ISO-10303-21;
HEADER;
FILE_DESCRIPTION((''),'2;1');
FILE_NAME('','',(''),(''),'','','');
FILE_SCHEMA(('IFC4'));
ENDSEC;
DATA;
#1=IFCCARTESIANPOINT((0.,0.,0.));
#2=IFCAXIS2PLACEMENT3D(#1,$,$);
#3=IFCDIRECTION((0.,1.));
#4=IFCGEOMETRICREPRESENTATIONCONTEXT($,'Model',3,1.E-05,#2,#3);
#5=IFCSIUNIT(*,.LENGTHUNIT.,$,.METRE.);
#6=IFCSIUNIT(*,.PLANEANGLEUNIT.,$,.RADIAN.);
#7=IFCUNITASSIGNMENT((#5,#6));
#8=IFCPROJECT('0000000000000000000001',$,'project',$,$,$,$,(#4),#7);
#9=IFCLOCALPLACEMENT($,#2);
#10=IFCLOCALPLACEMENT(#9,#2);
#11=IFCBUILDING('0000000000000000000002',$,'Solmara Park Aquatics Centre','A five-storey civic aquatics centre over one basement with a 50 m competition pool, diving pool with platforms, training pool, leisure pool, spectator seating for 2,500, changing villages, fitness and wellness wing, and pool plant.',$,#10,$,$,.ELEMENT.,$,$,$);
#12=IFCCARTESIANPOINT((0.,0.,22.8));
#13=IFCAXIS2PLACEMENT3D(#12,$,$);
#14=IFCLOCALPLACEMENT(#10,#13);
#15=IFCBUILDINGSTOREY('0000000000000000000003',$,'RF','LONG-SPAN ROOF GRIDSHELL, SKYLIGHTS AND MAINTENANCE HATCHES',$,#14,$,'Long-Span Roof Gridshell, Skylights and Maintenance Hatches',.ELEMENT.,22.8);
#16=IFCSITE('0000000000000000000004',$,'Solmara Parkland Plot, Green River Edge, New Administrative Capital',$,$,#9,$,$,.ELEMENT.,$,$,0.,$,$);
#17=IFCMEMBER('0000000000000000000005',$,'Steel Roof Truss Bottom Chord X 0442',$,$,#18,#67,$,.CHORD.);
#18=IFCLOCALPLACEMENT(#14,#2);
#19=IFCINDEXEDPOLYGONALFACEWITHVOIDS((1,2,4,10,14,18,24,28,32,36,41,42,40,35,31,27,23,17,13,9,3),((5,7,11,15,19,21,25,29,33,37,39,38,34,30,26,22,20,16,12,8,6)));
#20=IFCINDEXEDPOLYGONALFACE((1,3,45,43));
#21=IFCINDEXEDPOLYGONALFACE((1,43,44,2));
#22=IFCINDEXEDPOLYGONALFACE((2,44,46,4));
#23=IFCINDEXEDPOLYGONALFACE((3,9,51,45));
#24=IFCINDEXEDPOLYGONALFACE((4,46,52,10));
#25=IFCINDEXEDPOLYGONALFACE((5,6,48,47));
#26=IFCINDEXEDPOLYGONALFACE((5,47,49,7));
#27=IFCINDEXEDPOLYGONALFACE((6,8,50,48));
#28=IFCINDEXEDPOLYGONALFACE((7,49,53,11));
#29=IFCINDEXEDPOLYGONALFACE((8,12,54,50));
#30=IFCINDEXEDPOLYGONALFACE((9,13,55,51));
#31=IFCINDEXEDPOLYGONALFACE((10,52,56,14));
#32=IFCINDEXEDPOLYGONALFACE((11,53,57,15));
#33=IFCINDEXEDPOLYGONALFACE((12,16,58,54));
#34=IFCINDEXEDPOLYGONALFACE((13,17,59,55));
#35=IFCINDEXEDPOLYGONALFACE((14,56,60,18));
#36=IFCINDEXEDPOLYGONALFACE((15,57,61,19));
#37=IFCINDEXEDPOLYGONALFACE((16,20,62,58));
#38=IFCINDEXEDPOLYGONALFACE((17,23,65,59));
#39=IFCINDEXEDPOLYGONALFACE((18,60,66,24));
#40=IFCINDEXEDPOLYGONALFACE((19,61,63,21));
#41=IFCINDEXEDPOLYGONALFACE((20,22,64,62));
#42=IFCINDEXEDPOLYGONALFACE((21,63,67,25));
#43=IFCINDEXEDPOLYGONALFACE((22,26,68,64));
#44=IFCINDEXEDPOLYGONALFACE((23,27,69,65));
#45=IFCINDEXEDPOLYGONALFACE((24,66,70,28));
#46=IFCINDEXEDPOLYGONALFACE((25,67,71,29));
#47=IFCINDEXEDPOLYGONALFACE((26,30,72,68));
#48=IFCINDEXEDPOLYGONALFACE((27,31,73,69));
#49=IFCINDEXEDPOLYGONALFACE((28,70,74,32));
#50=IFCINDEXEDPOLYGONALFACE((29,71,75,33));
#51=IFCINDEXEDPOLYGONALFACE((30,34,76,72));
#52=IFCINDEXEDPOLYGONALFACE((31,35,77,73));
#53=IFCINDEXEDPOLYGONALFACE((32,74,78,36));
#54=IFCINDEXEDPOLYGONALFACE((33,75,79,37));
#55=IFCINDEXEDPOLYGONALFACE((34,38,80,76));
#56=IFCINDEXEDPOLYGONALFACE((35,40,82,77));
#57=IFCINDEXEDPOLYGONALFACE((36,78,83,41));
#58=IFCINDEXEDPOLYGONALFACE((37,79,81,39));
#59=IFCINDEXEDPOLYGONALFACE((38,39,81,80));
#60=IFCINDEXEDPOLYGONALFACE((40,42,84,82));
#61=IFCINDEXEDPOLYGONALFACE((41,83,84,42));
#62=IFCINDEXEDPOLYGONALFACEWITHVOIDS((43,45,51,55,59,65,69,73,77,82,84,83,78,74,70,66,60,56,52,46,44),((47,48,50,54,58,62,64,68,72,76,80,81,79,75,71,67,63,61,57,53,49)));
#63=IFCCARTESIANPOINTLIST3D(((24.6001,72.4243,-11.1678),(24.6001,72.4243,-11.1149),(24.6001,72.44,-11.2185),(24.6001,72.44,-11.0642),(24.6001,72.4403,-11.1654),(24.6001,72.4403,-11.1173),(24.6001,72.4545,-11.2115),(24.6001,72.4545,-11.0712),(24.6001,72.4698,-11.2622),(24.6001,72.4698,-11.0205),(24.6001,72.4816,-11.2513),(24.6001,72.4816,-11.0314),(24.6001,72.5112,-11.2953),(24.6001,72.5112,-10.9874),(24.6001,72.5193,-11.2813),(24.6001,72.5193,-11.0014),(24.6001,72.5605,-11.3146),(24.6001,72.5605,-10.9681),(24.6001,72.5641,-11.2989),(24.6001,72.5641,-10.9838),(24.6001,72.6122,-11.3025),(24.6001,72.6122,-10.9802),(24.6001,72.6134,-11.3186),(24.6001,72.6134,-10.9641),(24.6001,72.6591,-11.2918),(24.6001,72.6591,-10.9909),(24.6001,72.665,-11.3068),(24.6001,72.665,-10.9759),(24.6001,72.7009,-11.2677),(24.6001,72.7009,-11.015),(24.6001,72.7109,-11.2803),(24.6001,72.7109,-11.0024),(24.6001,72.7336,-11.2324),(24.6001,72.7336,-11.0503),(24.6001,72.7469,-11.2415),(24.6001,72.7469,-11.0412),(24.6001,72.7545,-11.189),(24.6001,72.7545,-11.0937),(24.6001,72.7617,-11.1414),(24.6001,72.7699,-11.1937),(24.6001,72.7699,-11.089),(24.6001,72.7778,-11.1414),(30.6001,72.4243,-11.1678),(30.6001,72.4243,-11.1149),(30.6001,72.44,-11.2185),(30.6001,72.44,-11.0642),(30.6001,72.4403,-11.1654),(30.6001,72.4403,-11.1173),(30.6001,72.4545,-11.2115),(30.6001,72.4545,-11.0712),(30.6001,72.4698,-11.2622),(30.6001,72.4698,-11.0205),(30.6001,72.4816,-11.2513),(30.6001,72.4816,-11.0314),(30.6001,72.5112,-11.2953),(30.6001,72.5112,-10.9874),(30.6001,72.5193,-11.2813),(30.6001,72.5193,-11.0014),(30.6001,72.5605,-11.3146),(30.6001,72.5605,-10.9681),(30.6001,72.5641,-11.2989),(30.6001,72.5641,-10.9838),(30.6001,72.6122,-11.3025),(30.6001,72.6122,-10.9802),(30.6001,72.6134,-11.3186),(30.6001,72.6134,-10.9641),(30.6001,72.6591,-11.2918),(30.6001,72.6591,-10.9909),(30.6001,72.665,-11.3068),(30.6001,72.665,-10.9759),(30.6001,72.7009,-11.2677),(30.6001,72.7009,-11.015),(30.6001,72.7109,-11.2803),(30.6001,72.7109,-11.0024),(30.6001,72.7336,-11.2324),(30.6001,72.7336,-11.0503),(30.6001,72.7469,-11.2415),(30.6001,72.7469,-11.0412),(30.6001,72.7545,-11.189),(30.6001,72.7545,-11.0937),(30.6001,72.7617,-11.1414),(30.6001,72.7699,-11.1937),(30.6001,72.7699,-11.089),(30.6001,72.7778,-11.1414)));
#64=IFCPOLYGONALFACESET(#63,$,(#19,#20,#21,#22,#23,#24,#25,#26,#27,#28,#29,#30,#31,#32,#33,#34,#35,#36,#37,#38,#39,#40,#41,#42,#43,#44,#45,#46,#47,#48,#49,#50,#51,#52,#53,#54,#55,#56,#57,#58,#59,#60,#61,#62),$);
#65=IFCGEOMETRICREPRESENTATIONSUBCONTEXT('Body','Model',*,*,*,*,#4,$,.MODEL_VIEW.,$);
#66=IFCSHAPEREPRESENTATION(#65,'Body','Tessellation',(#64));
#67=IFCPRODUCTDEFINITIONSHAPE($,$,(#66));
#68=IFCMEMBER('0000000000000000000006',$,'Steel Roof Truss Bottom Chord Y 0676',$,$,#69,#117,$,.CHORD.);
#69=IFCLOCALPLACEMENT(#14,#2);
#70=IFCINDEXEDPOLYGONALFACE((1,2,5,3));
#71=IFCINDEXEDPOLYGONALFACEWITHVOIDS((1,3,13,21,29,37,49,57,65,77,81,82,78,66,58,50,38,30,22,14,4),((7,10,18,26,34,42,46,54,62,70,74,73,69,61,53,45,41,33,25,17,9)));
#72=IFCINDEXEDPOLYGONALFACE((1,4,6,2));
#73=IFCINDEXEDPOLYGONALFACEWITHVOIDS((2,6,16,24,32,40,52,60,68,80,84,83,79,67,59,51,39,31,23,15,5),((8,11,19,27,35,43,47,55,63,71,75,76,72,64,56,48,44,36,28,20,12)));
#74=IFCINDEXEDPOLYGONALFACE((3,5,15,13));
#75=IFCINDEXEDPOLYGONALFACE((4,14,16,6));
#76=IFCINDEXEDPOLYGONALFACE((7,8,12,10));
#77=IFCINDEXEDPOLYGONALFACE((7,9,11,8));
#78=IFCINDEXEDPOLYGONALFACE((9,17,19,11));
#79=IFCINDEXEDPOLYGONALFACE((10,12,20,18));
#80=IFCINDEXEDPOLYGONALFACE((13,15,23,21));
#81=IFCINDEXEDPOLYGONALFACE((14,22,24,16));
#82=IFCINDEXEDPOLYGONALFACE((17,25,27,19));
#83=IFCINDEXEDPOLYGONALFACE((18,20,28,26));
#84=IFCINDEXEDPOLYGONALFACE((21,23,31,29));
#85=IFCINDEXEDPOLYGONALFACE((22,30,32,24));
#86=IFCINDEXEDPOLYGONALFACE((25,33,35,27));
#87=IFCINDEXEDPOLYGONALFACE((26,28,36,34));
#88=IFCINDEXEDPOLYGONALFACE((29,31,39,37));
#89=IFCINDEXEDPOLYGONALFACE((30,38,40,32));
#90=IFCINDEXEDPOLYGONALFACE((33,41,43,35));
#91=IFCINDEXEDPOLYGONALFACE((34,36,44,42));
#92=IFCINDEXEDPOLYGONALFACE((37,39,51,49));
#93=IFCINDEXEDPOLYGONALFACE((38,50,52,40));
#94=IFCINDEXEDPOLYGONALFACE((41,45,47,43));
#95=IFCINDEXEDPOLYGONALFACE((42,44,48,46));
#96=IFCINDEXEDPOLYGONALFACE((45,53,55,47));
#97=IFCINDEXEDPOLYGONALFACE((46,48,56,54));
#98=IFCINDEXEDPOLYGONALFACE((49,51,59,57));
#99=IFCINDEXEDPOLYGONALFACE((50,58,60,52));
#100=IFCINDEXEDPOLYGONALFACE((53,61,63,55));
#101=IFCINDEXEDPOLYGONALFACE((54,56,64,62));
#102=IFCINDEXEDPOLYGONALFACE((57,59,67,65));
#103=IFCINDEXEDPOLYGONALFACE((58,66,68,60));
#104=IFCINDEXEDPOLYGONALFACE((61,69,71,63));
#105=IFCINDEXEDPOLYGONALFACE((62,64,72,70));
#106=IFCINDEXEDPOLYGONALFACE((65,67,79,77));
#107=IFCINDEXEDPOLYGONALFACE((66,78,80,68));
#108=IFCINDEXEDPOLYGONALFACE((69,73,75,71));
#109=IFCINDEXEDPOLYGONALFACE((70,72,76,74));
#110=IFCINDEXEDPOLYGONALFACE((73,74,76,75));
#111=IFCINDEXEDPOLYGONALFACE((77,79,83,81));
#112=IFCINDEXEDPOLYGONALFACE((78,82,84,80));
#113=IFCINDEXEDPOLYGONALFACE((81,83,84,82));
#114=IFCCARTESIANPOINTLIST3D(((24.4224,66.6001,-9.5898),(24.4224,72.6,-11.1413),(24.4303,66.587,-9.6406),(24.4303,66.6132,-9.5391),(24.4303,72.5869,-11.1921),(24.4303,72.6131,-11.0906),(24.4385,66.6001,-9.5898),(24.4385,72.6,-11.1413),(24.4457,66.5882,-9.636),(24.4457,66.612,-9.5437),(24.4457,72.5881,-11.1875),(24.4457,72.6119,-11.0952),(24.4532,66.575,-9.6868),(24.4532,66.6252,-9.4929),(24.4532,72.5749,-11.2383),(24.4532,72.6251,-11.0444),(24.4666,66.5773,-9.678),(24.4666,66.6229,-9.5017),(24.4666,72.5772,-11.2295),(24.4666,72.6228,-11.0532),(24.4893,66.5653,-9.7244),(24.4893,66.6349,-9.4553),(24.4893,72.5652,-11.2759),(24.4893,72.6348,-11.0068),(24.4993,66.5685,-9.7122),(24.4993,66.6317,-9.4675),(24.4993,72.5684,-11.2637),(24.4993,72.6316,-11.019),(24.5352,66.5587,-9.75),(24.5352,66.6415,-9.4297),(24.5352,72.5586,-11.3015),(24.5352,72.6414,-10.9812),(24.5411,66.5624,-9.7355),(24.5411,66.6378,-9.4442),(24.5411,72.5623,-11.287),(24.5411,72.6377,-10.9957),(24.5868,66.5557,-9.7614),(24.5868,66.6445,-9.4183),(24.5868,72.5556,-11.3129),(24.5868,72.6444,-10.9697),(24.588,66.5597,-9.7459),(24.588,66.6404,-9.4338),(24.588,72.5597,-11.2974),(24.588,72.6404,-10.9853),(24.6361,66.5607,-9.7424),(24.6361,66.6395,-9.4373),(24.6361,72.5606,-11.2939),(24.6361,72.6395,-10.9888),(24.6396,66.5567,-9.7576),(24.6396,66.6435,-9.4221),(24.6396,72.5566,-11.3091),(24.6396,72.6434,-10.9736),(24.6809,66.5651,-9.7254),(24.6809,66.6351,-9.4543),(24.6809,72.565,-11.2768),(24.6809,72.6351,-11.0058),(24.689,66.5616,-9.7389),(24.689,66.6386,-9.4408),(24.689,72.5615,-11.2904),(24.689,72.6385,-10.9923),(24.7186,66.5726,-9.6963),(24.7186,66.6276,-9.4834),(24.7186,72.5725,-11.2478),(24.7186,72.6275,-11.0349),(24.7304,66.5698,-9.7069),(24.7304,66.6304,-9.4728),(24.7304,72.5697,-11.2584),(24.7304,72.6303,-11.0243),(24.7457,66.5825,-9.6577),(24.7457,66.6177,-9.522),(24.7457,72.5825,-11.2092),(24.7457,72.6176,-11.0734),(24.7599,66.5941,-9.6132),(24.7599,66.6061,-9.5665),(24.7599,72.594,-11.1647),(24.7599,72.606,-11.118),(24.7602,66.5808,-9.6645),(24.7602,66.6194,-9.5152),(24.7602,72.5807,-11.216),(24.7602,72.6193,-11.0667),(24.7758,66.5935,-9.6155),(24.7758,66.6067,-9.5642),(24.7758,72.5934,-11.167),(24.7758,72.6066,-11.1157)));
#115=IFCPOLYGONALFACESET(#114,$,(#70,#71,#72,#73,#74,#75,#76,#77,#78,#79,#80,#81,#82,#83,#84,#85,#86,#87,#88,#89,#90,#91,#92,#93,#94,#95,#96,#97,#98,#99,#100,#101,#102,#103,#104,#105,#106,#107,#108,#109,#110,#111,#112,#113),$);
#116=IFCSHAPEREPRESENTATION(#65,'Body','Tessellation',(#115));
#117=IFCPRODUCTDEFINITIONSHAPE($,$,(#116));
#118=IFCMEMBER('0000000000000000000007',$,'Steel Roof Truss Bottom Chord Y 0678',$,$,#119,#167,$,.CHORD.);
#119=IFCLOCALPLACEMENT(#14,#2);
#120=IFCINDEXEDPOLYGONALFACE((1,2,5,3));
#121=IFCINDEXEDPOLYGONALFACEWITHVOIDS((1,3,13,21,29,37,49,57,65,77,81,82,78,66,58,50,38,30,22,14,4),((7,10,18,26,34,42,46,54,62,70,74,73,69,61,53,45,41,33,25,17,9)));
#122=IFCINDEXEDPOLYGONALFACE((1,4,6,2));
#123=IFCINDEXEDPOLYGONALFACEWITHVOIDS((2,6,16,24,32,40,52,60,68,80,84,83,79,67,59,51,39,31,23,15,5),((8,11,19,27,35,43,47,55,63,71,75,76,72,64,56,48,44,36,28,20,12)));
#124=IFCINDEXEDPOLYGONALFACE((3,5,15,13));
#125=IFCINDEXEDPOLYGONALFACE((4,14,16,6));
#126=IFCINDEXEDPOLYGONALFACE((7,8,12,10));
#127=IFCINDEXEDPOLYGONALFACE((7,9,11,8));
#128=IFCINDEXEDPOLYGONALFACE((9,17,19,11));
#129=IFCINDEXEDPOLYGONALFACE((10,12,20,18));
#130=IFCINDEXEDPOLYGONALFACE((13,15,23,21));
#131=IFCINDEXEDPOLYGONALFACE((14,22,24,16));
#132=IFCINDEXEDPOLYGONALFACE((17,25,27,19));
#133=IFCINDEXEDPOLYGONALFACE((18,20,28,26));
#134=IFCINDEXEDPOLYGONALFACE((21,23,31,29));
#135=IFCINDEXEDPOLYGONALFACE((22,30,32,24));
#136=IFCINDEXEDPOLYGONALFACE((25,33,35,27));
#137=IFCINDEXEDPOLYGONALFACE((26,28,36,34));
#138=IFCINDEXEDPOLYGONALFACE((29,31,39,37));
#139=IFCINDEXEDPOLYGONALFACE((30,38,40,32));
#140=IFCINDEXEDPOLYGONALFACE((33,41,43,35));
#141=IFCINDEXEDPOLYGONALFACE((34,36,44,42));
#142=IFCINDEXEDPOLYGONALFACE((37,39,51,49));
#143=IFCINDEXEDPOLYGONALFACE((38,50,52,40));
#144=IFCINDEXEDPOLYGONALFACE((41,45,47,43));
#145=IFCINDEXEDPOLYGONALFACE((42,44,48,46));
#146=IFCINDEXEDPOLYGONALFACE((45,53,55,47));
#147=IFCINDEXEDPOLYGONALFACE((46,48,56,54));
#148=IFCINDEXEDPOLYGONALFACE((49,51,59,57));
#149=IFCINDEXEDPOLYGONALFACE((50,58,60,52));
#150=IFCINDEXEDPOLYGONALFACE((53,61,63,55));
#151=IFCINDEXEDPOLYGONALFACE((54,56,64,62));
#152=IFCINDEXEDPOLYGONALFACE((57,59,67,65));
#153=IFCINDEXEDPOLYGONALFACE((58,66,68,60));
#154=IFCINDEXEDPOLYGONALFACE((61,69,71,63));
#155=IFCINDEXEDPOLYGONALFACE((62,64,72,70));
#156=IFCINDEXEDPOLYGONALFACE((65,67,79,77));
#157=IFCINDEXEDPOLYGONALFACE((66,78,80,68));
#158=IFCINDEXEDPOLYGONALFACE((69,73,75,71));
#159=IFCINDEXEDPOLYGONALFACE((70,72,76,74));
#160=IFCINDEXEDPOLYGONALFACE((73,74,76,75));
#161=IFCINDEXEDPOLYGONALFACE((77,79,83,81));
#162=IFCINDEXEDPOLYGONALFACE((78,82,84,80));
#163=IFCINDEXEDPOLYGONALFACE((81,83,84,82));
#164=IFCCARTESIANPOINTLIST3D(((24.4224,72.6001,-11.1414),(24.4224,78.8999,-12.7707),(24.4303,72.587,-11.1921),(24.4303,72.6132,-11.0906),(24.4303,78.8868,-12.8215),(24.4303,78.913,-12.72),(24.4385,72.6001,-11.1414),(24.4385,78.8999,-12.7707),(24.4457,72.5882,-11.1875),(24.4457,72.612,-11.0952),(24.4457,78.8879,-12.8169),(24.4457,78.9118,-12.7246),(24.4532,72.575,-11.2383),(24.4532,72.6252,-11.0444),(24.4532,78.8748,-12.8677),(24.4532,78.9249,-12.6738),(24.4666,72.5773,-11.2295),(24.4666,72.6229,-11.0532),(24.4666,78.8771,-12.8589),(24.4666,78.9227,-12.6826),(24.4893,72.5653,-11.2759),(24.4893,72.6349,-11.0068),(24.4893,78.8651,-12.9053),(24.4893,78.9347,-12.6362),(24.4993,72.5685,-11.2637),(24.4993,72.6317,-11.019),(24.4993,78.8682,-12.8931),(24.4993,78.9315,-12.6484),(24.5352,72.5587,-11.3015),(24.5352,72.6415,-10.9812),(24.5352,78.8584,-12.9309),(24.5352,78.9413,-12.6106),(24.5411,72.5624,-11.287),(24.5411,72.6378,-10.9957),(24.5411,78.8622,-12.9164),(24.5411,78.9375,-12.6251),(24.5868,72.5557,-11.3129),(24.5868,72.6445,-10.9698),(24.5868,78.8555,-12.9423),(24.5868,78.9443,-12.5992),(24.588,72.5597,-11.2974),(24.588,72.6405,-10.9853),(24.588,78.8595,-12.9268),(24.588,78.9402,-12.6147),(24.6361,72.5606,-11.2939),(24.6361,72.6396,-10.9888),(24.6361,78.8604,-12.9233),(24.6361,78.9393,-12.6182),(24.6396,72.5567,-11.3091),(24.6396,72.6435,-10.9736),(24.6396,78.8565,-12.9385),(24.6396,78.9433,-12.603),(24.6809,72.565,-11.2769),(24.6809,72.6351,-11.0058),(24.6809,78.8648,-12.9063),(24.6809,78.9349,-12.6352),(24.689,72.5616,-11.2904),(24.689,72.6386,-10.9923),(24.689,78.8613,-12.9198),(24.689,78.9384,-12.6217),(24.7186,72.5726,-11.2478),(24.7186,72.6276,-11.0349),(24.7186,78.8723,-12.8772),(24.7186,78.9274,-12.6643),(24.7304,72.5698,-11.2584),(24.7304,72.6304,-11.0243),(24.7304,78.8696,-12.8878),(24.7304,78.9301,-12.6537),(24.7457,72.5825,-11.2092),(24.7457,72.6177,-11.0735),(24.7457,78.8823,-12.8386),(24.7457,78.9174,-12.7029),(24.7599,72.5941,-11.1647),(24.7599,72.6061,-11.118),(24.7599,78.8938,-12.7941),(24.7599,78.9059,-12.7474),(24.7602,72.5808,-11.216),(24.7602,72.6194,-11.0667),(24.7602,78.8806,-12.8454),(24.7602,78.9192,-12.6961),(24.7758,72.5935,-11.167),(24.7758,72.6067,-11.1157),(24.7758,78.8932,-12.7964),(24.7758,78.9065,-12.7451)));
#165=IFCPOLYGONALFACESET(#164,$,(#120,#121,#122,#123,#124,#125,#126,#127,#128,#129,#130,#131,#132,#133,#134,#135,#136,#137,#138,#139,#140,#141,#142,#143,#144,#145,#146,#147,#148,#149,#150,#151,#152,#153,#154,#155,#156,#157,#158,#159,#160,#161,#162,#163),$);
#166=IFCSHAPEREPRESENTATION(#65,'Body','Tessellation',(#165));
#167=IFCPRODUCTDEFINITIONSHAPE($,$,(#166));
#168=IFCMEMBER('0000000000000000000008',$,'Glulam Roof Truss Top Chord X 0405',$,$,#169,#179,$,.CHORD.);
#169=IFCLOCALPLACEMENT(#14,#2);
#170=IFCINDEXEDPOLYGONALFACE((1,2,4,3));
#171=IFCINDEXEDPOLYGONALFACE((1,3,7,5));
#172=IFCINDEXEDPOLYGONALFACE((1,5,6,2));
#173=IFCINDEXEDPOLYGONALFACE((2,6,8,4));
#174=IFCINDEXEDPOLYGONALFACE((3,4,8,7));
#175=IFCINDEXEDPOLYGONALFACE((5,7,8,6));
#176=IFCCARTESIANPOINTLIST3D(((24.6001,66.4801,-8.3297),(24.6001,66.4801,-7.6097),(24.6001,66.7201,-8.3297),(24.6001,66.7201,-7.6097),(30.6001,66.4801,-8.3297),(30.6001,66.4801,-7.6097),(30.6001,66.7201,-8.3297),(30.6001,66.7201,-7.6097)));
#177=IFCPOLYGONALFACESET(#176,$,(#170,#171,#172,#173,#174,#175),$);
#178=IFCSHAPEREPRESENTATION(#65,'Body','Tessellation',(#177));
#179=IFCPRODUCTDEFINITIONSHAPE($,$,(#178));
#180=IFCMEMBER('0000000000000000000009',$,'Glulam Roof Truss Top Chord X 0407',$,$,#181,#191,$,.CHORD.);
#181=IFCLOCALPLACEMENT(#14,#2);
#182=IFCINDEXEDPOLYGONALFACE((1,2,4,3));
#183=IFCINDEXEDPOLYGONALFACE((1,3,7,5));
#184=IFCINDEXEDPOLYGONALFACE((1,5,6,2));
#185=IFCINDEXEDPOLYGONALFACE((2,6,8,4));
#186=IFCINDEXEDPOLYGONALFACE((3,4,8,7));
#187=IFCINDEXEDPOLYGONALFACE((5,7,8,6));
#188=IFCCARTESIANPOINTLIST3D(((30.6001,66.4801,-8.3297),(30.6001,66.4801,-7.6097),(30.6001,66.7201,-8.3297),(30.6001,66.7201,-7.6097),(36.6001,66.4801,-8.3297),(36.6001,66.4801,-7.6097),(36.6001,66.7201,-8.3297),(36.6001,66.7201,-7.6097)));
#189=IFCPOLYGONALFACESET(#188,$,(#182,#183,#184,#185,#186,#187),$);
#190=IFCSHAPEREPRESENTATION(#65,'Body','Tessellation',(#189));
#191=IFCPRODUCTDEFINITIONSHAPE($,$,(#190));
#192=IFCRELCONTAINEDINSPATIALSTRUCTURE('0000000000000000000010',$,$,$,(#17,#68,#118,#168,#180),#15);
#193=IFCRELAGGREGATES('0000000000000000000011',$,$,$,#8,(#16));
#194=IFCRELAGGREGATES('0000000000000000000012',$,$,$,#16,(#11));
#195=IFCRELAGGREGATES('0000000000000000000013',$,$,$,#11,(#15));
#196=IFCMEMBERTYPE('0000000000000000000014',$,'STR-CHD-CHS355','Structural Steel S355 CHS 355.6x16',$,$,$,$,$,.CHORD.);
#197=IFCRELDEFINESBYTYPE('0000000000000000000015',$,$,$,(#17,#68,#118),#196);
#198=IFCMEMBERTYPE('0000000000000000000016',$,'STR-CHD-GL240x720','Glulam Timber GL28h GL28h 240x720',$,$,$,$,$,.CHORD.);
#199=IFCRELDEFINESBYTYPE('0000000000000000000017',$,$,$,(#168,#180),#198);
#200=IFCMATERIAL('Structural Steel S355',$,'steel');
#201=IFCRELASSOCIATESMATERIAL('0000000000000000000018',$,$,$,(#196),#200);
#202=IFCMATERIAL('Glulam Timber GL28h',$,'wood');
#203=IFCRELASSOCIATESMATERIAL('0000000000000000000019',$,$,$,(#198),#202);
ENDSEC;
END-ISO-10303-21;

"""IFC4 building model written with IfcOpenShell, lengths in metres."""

from ifc_helpers import new_model, si_unit, direction, frame, origin, origin_2d, place, context, subcontext, project, spatial, rectangle, hollow_circle, extrude, material, material_profile, profile_set, type_object, element, save


model = new_model("IFC4")

# Units and contexts
model_context = context("Model", 3, precision=1e-05, world=origin(), true_north=direction((0.0, 1.0)))
body_context = subcontext(model_context, "Body", "Model", "MODEL_VIEW")
ifc_project = project(units=[si_unit("LENGTHUNIT", "METRE"), si_unit("PLANEANGLEUNIT", "RADIAN")], contexts=[model_context])

# Site, building, storey
site_placement = place(None, origin())
site = spatial("IfcSite", under=ifc_project, at=site_placement, Name="Solmara Parkland Plot, Green River Edge, New Administrative Capital", CompositionType="ELEMENT", RefElevation=0.0)
building_placement = place(site_placement, origin())
building = spatial("IfcBuilding", under=site, at=building_placement, Name="Solmara Park Aquatics Centre", Description="A five-storey civic aquatics centre over one basement with a 50 m competition pool, diving pool with platforms, training pool, leisure pool, spectator seating for 2,500, changing villages, fitness and wellness wing, and pool plant.", CompositionType="ELEMENT")
storey_placement = place(building_placement, frame((0.0, 0.0, 22.8)))
storey = spatial("IfcBuildingStorey", under=building, at=storey_placement, Name="RF", Description="LONG-SPAN ROOF GRIDSHELL, SKYLIGHTS AND MAINTENANCE HATCHES", LongName="Long-Span Roof Gridshell, Skylights and Maintenance Hatches", CompositionType="ELEMENT", Elevation=22.8)

# Members
ifc_material_1 = material(Name="Structural Steel S355", Category="steel")
ifc_material_profile_1 = material_profile(ifc_material_1, hollow_circle(Radius=0.1777, WallThickness=0.0161, at=origin_2d()), Name="CHS 355.6x16")
ifc_profile_set_1 = profile_set([ifc_material_profile_1], Name="Structural Steel S355")
member_type_1 = type_object("IfcMemberType", Name="STR-CHD-CHS355", Description="Structural Steel S355 CHS 355.6x16", PredefinedType="CHORD", material=ifc_profile_set_1)
member_1_placement = place(storey_placement, frame((24.6001, 72.6001, -11.1414), z_axis=(1.0, 0.0, 0.0), x_axis=(0.0, 1.0, 0.0)))
element("IfcMember", 1, at=member_1_placement, inside=storey, type_object=member_type_1, Name="Steel Roof Truss Bottom Chord X 0442", PredefinedType="CHORD", context=body_context, shape_type="SweptSolid", body=[
    extrude(hollow_circle(Radius=0.1777, WallThickness=0.0161, at=origin_2d()), origin(), (0.0, 0.0, 1.0), 6.0),
])
member_2_placement = place(storey_placement, frame((24.6001, 66.6001, -9.5898), z_axis=(0.0, 0.968155, -0.250351), x_axis=(-1.0, 0.0, 0.0)))
element("IfcMember", 2, at=member_2_placement, inside=storey, type_object=member_type_1, Name="Steel Roof Truss Bottom Chord Y 0676", PredefinedType="CHORD", context=body_context, shape_type="SweptSolid", body=[
    extrude(hollow_circle(Radius=0.1777, WallThickness=0.0161, at=origin_2d()), origin(), (0.0, 0.0, 1.0), 6.1973),
])
member_3_placement = place(storey_placement, frame((24.6001, 72.6001, -11.1414), z_axis=(0.0, 0.968142, -0.250402), x_axis=(-1.0, 0.0, 0.0)))
element("IfcMember", 3, at=member_3_placement, inside=storey, type_object=member_type_1, Name="Steel Roof Truss Bottom Chord Y 0678", PredefinedType="CHORD", context=body_context, shape_type="SweptSolid", body=[
    extrude(hollow_circle(Radius=0.1777, WallThickness=0.0161, at=origin_2d()), origin(), (0.0, 0.0, 1.0), 6.5071),
])
ifc_material_2 = material(Name="Glulam Timber GL28h", Category="wood")
ifc_material_profile_2 = material_profile(ifc_material_2, rectangle(XDim=0.24, YDim=0.72, at=origin_2d()), Name="GL28h 240x720")
ifc_profile_set_2 = profile_set([ifc_material_profile_2], Name="Glulam Timber GL28h")
member_type_2 = type_object("IfcMemberType", Name="STR-CHD-GL240x720", Description="Glulam Timber GL28h GL28h 240x720", PredefinedType="CHORD", material=ifc_profile_set_2)
for number, where, z_axis, x_axis, name in (
    (4, (24.6001, 66.6001, -7.9697), (1.0, 0.0, 0.0), (0.0, 1.0, 0.0), "Glulam Roof Truss Top Chord X 0405"),
    (5, (30.6001, 66.6001, -7.9697), (1.0, 0.0, 0.0), (0.0, 1.0, 0.0), "Glulam Roof Truss Top Chord X 0407"),
):
    element("IfcMember", number, at=place(storey_placement, frame(where, z_axis=z_axis, x_axis=x_axis)), inside=storey, type_object=member_type_2, Name=name, PredefinedType="CHORD", context=body_context, shape_type="SweptSolid", body=[
        extrude(rectangle(XDim=0.24, YDim=0.72, at=origin_2d()), origin(), (0.0, 0.0, 1.0), 6.0),
    ])

save(model, "model.ifc")
